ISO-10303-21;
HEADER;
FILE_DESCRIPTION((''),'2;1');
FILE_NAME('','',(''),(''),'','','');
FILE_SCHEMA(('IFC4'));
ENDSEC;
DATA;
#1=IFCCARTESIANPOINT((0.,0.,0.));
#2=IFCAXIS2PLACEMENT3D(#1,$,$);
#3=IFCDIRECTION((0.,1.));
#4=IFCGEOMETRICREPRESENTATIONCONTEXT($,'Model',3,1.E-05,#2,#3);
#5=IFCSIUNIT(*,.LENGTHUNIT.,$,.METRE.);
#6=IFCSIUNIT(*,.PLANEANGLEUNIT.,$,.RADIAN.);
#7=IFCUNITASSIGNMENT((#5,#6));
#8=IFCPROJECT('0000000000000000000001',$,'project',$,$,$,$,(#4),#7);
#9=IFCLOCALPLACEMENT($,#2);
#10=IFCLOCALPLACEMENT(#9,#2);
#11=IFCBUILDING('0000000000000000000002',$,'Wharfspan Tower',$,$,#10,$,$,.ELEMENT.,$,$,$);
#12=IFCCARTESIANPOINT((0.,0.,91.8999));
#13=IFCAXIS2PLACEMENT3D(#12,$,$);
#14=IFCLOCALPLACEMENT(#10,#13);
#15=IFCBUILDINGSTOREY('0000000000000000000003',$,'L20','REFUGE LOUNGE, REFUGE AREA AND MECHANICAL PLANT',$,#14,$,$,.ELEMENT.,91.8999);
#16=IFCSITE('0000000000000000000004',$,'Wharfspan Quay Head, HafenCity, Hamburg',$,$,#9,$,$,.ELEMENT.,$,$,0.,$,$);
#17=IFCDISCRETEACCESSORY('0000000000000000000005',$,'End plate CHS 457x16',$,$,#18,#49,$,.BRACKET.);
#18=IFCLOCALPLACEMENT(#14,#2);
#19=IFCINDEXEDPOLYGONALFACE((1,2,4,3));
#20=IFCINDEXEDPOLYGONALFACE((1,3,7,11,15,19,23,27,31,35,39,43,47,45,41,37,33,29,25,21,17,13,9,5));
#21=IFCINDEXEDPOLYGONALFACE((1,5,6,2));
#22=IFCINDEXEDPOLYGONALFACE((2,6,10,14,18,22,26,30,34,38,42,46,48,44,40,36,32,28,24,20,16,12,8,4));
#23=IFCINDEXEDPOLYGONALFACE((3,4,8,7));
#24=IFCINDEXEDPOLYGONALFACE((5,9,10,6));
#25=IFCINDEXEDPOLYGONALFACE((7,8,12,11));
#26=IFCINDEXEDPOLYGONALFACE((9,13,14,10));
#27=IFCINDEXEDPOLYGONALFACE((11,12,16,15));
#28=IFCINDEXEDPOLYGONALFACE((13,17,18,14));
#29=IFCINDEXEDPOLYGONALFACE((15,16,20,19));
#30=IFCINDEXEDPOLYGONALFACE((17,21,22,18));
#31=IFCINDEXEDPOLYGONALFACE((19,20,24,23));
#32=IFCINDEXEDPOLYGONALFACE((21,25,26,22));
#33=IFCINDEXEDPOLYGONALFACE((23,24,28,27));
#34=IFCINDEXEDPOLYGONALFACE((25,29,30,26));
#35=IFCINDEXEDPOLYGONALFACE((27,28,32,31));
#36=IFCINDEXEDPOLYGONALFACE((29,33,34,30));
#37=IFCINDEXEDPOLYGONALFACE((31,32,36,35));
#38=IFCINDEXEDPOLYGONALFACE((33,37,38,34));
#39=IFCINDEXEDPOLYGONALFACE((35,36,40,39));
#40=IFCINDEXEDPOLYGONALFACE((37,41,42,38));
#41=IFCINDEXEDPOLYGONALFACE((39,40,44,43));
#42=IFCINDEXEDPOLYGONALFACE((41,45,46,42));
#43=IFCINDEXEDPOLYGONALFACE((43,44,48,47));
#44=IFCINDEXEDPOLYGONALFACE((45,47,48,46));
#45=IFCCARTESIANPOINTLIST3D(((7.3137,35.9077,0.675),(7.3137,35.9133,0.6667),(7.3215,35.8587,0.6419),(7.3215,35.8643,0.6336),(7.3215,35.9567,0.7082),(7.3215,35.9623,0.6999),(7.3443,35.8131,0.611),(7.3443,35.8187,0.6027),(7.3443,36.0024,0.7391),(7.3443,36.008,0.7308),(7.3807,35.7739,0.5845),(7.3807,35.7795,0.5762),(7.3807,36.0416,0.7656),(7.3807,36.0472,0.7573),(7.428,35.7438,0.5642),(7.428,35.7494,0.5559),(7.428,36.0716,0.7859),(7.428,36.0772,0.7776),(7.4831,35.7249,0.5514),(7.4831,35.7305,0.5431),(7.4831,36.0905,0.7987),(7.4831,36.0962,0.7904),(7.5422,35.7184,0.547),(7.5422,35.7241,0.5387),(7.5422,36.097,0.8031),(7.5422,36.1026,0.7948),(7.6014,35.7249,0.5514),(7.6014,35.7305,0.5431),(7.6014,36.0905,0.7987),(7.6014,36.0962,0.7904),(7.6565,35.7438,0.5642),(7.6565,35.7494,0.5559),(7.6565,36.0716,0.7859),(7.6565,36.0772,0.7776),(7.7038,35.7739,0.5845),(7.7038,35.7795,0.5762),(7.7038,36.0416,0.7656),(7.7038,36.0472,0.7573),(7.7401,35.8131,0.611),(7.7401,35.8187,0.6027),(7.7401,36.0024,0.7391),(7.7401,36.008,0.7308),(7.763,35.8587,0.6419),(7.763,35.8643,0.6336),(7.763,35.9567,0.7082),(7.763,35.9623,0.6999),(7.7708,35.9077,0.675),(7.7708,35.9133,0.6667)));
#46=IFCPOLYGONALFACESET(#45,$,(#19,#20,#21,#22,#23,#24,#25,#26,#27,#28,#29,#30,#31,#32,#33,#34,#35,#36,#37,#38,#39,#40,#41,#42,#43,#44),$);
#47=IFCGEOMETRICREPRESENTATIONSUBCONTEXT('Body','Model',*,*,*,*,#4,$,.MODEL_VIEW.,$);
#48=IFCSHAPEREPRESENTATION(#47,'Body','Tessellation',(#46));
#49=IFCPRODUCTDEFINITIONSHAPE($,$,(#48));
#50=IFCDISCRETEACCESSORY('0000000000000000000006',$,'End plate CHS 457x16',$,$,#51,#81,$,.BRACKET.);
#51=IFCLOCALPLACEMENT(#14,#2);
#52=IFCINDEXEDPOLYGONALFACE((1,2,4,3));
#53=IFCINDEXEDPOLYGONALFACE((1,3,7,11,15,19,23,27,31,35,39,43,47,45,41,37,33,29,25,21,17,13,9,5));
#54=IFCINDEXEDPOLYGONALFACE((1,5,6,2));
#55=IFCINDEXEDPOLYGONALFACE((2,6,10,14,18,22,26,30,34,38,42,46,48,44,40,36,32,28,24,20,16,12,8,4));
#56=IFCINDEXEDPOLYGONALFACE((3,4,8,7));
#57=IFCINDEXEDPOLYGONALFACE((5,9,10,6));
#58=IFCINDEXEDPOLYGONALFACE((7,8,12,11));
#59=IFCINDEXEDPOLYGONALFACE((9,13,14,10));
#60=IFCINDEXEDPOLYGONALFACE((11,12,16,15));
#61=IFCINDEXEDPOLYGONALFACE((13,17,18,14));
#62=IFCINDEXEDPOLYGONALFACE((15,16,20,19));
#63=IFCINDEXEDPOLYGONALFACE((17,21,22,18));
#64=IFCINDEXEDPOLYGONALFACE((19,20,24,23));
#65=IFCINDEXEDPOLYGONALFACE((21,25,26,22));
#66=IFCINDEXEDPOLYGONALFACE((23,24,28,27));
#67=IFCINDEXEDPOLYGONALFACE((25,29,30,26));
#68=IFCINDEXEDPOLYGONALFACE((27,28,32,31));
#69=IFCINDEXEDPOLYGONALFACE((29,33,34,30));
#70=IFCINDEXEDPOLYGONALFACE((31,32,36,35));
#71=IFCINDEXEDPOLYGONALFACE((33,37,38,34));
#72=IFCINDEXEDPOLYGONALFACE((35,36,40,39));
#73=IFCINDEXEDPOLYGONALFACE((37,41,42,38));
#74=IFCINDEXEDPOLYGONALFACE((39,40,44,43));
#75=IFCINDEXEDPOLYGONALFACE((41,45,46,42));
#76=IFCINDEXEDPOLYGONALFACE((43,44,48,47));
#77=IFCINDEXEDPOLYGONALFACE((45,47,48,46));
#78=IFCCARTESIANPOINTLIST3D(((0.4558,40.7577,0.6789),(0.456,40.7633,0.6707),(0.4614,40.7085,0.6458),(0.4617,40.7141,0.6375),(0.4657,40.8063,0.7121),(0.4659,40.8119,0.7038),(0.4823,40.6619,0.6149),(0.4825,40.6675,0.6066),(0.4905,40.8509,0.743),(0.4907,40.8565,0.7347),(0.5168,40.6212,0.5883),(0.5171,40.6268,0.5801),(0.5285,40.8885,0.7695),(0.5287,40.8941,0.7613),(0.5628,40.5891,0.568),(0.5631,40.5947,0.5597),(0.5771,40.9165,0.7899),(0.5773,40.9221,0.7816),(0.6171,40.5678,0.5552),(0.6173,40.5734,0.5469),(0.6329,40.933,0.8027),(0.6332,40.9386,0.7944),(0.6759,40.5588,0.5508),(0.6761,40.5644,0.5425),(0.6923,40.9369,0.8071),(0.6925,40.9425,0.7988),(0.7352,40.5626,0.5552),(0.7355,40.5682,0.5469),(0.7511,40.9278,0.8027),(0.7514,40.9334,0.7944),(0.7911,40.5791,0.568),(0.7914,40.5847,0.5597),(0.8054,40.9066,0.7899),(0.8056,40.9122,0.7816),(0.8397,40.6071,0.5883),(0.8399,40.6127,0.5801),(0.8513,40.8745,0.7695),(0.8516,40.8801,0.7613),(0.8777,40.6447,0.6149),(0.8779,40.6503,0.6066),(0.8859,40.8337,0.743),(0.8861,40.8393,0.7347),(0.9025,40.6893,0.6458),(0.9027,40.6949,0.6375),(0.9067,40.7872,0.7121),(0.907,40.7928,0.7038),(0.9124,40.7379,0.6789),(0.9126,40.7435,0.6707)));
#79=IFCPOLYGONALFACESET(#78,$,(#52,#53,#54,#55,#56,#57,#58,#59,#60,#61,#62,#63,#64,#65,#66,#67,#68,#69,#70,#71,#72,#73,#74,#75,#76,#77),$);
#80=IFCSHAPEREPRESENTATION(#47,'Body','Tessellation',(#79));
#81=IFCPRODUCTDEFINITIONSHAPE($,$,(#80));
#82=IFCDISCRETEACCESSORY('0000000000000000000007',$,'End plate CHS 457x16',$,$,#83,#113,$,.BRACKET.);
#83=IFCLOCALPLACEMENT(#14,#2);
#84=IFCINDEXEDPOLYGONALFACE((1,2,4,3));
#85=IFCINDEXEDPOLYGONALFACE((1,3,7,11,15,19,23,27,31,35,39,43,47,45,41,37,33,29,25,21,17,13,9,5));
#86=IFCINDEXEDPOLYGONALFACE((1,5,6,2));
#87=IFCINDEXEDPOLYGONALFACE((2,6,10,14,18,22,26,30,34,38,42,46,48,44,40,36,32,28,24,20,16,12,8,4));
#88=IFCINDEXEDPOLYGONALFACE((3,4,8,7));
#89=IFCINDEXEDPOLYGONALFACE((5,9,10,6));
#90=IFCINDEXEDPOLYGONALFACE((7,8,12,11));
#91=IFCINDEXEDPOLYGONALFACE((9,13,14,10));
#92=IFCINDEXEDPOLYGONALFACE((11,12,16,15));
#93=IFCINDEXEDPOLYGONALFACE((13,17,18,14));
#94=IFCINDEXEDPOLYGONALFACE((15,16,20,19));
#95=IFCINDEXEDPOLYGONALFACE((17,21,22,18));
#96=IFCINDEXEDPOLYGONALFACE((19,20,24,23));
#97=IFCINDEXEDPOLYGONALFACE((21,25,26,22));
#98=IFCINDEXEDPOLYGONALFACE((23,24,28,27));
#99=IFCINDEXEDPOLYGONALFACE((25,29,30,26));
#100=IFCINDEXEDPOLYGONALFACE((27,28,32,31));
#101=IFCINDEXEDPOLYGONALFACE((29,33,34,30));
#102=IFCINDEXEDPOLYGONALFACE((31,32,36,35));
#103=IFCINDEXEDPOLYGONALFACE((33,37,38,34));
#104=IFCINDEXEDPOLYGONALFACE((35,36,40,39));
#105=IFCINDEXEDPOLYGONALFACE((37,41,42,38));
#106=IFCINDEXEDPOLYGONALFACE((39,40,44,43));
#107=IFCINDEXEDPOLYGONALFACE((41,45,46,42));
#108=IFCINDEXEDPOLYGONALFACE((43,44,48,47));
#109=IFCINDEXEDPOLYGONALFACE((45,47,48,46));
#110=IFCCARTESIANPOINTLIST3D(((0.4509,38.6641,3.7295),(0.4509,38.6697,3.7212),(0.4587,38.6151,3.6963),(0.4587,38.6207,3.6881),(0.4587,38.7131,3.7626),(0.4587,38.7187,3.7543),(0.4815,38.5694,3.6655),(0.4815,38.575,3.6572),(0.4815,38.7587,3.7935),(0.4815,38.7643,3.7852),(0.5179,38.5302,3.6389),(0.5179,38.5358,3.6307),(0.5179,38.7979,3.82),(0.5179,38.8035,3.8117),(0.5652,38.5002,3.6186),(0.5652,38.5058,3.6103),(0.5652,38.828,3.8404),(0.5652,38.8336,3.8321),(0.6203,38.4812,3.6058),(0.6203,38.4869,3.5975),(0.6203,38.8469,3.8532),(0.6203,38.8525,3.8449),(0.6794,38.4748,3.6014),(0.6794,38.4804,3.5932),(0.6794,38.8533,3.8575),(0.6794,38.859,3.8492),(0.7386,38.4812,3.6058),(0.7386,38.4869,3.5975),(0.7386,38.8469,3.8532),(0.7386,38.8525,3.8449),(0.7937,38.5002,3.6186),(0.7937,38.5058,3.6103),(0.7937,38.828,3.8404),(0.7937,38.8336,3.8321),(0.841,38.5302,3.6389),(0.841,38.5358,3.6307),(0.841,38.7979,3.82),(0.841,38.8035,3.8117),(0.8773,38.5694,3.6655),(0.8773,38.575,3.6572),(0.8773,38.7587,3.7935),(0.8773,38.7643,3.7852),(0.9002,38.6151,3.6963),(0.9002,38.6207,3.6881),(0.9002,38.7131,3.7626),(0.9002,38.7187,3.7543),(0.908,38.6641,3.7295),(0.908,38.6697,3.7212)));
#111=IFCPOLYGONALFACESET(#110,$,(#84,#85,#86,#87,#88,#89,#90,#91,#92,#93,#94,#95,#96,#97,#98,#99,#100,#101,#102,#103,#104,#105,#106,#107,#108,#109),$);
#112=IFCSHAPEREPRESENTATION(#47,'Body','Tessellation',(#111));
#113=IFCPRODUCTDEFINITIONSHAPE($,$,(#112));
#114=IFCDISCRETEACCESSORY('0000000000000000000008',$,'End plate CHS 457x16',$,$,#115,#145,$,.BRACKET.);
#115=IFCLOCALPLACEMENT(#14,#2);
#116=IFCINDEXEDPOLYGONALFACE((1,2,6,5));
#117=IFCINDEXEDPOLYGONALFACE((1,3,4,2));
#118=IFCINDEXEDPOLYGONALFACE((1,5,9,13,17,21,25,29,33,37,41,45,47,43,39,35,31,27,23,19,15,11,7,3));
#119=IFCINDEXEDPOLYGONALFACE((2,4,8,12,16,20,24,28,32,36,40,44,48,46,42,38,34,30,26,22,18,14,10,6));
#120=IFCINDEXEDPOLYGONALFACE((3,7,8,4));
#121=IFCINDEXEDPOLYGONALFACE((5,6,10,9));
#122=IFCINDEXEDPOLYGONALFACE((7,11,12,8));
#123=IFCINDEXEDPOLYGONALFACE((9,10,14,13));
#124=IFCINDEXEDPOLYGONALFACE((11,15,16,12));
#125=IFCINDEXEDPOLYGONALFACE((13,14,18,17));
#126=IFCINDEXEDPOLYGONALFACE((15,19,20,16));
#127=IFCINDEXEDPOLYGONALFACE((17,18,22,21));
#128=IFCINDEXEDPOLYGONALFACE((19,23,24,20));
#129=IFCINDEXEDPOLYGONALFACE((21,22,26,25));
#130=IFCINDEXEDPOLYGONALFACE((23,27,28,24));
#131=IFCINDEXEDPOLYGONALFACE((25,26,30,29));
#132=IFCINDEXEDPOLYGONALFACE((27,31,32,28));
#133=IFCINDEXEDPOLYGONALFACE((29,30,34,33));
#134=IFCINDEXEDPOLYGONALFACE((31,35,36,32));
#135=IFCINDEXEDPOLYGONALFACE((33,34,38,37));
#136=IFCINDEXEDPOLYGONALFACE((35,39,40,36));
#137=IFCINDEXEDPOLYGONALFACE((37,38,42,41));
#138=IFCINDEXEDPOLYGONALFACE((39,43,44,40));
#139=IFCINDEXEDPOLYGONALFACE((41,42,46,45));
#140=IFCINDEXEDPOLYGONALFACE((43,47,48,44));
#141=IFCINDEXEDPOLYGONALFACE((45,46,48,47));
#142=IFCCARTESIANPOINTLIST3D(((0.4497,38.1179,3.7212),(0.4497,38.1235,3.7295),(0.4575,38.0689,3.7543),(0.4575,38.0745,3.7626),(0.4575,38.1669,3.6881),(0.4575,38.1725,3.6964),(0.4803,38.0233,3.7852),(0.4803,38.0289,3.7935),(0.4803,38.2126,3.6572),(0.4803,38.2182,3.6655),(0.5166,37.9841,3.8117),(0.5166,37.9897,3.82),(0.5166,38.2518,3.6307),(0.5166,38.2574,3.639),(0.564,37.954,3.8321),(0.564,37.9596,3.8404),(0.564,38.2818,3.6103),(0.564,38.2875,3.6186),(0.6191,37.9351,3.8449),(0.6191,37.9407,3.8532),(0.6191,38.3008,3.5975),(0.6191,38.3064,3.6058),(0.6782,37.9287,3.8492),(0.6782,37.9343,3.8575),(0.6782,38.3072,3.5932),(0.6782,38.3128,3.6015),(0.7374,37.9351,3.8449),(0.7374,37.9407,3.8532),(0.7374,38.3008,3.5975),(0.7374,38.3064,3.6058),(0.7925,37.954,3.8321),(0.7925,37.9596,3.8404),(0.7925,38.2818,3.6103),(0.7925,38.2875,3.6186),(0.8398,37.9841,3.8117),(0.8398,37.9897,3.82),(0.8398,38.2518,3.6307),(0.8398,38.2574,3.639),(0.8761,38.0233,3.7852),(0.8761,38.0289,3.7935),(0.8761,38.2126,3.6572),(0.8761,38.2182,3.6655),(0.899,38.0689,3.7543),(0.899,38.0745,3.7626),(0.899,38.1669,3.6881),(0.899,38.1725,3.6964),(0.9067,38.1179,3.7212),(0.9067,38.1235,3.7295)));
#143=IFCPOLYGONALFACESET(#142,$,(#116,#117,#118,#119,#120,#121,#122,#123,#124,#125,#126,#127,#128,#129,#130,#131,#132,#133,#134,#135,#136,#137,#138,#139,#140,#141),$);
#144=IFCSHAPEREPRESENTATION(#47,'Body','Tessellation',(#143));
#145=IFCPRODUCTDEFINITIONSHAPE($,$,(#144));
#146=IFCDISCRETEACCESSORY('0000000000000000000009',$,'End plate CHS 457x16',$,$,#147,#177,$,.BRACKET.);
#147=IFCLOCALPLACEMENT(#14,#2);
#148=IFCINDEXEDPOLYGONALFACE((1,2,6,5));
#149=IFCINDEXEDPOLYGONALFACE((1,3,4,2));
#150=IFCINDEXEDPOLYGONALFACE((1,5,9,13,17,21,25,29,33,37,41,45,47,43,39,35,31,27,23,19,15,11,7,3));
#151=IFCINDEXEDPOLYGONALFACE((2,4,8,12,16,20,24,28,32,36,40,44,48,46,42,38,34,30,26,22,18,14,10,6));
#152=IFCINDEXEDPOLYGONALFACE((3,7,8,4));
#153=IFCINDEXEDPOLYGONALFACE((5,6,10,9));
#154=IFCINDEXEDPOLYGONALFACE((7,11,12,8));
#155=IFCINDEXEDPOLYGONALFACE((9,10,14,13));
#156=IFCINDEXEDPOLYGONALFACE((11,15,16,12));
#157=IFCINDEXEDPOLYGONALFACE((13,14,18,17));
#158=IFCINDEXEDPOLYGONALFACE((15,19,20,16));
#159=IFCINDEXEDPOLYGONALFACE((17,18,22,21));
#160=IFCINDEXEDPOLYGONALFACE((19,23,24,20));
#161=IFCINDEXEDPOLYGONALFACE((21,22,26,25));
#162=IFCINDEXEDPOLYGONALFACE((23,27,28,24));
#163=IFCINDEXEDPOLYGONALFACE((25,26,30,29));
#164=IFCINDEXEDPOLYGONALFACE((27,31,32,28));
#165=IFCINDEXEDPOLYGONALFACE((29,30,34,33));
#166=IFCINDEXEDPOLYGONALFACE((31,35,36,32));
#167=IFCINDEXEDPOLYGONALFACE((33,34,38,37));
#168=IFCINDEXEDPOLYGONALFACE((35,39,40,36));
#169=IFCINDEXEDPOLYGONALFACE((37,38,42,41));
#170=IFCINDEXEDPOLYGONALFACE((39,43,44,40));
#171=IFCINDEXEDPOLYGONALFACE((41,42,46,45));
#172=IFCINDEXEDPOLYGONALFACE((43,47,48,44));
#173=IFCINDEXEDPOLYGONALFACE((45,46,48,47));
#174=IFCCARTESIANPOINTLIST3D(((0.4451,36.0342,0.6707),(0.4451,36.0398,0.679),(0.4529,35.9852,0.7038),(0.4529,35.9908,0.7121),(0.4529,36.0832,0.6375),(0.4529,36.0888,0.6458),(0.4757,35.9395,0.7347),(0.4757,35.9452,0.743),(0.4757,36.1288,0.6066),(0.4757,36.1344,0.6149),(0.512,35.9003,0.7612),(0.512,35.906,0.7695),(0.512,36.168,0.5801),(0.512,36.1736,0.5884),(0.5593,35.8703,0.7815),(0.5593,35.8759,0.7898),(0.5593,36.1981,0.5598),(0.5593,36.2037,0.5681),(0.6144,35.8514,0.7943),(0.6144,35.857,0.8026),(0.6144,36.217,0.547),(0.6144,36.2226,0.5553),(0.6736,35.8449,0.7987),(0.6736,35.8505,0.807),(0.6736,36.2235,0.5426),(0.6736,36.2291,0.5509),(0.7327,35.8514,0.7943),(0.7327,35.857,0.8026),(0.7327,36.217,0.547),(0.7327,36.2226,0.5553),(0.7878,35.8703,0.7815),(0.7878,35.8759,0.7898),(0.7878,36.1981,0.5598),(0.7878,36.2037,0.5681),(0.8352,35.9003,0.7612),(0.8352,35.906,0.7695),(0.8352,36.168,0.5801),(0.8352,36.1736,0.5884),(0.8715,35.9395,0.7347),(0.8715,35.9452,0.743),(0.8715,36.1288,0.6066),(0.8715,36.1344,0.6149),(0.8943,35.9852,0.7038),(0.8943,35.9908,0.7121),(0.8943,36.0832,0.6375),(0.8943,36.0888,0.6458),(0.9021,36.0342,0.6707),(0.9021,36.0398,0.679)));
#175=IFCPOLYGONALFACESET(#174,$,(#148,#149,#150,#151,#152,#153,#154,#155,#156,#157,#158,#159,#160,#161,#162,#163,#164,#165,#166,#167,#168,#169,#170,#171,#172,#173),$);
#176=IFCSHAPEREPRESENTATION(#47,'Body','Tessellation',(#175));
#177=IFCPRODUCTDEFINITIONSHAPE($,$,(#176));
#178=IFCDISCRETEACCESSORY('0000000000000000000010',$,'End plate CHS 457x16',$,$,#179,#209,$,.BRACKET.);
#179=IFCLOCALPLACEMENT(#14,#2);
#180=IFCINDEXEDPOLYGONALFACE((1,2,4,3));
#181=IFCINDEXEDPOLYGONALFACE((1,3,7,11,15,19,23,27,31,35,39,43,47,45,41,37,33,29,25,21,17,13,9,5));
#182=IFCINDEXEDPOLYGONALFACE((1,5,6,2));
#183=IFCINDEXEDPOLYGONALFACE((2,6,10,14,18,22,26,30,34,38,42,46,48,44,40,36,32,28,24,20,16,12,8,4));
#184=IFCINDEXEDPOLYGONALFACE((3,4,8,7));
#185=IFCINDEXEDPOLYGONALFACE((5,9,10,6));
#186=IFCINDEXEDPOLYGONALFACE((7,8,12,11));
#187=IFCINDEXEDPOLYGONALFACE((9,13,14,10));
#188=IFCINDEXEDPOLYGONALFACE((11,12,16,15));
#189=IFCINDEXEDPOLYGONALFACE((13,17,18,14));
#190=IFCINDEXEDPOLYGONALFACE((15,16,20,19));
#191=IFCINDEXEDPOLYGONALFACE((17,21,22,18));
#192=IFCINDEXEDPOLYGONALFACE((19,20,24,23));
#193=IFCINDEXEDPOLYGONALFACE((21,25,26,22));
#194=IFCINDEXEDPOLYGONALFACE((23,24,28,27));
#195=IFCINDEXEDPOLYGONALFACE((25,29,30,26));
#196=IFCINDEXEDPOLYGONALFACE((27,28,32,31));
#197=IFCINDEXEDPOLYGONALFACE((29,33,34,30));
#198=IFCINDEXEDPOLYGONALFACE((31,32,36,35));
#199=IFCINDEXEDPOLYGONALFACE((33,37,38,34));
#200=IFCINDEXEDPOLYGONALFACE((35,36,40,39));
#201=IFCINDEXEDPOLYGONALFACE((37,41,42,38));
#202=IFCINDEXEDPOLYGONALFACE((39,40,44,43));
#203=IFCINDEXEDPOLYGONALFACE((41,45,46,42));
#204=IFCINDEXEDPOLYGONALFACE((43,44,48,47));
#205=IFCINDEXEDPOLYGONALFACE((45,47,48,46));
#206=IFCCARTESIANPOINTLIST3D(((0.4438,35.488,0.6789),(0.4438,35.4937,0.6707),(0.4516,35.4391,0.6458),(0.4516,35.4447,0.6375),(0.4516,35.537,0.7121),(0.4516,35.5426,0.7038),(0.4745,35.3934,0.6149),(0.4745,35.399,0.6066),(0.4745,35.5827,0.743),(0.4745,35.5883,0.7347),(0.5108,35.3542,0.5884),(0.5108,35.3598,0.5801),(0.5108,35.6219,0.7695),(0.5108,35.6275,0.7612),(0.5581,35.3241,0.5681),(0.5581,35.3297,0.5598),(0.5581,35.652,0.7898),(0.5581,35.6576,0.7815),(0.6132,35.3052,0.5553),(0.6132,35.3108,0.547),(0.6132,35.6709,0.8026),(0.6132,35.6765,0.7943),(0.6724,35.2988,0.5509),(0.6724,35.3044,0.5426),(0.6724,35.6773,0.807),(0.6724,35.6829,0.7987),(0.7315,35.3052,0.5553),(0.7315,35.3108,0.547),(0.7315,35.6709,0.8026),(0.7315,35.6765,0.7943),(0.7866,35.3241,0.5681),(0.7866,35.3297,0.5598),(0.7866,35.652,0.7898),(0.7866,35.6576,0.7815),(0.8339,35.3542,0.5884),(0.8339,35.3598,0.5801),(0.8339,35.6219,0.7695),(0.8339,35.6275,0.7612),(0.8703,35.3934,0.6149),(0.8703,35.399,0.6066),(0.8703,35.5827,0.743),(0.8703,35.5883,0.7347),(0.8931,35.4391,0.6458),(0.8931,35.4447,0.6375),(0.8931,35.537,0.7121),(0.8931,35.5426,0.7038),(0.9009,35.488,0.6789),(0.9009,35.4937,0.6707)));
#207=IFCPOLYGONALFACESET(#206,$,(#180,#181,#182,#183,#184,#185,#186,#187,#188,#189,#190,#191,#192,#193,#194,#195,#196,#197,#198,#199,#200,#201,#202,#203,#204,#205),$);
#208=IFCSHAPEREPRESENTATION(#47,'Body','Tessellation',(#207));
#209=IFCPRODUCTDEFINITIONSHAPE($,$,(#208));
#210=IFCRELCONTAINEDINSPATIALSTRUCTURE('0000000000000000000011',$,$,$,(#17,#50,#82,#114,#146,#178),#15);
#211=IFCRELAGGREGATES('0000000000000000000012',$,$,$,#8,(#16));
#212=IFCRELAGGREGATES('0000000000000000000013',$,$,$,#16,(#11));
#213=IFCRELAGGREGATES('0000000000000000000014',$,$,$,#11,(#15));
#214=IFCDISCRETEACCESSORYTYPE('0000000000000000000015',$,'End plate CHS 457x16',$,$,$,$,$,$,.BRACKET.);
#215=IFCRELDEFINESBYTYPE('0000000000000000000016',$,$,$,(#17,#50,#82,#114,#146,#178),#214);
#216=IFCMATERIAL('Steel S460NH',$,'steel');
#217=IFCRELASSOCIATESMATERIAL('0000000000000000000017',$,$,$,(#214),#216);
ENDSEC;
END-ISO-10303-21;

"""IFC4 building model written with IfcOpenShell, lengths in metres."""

from ifc_helpers import new_model, si_unit, direction, frame, origin, origin_2d, place, context, subcontext, project, spatial, circle, extrude, material, material_profile, profile_set, type_object, element, save


model = new_model("IFC4")

# Units and contexts
model_context = context("Model", 3, precision=1e-05, world=origin(), true_north=direction((0.0, 1.0)))
body_context = subcontext(model_context, "Body", "Model", "MODEL_VIEW")
ifc_project = project(units=[si_unit("LENGTHUNIT", "METRE"), si_unit("PLANEANGLEUNIT", "RADIAN")], contexts=[model_context])

# Site, building, storey
site_placement = place(None, origin())
site = spatial("IfcSite", under=ifc_project, at=site_placement, Name="Wharfspan Quay Head, HafenCity, Hamburg", CompositionType="ELEMENT", RefElevation=0.0)
building_placement = place(site_placement, origin())
building = spatial("IfcBuilding", under=site, at=building_placement, Name="Wharfspan Tower", CompositionType="ELEMENT")
storey_placement = place(building_placement, frame((0.0, 0.0, 91.8999)))
storey = spatial("IfcBuildingStorey", under=building, at=storey_placement, Name="L20", Description="REFUGE LOUNGE, REFUGE AREA AND MECHANICAL PLANT", CompositionType="ELEMENT", Elevation=91.8999)

# Shared definitions
ifc_material_1 = material(Name="Steel S460NH", Category="steel")

# Discrete accessories
ifc_material_profile_1 = material_profile(ifc_material_1, circle(Radius=0.2285, at=origin_2d()))
ifc_profile_set_1 = profile_set([ifc_material_profile_1], Name="Steel S460NH")
discrete_accessory_type_1 = type_object("IfcDiscreteAccessoryType", Name="End plate CHS 457x16", PredefinedType="BRACKET", material=ifc_profile_set_1)
for number, where, z_axis, x_axis, name in (
    (1, (7.5422, 35.9133, 0.6667), (0.0, -0.560309, 0.828283), (1.0, 0.0, 0.0), "End plate CHS 457x16"),
    (2, (0.6843, 40.7534, 0.6707), (-0.024354, -0.560143, 0.828038), (0.999053, -0.043437, 0.0), "End plate CHS 457x16"),
    (3, (0.6794, 38.6697, 3.7212), (0.0, -0.560309, 0.828283), (1.0, 0.0, 0.0), "End plate CHS 457x16"),
    (4, (0.6782, 38.1235, 3.7295), (0.0, -0.560309, -0.828283), (1.0, 0.0, 0.0), "End plate CHS 457x16"),
    (5, (0.6736, 36.0398, 0.679), (0.0, -0.560309, -0.828283), (1.0, 0.0, 0.0), "End plate CHS 457x16"),
    (6, (0.6724, 35.4937, 0.6707), (0.0, -0.560309, 0.828283), (1.0, 0.0, 0.0), "End plate CHS 457x16"),
):
    element("IfcDiscreteAccessory", number, at=place(storey_placement, frame(where, z_axis=z_axis, x_axis=x_axis)), inside=storey, type_object=discrete_accessory_type_1, Name=name, PredefinedType="BRACKET", context=body_context, shape_type="SweptSolid", body=[
        extrude(circle(Radius=0.2285, at=origin_2d()), origin(), (0.0, 0.0, 1.0), 0.01),
    ])

save(model, "model.ifc")
